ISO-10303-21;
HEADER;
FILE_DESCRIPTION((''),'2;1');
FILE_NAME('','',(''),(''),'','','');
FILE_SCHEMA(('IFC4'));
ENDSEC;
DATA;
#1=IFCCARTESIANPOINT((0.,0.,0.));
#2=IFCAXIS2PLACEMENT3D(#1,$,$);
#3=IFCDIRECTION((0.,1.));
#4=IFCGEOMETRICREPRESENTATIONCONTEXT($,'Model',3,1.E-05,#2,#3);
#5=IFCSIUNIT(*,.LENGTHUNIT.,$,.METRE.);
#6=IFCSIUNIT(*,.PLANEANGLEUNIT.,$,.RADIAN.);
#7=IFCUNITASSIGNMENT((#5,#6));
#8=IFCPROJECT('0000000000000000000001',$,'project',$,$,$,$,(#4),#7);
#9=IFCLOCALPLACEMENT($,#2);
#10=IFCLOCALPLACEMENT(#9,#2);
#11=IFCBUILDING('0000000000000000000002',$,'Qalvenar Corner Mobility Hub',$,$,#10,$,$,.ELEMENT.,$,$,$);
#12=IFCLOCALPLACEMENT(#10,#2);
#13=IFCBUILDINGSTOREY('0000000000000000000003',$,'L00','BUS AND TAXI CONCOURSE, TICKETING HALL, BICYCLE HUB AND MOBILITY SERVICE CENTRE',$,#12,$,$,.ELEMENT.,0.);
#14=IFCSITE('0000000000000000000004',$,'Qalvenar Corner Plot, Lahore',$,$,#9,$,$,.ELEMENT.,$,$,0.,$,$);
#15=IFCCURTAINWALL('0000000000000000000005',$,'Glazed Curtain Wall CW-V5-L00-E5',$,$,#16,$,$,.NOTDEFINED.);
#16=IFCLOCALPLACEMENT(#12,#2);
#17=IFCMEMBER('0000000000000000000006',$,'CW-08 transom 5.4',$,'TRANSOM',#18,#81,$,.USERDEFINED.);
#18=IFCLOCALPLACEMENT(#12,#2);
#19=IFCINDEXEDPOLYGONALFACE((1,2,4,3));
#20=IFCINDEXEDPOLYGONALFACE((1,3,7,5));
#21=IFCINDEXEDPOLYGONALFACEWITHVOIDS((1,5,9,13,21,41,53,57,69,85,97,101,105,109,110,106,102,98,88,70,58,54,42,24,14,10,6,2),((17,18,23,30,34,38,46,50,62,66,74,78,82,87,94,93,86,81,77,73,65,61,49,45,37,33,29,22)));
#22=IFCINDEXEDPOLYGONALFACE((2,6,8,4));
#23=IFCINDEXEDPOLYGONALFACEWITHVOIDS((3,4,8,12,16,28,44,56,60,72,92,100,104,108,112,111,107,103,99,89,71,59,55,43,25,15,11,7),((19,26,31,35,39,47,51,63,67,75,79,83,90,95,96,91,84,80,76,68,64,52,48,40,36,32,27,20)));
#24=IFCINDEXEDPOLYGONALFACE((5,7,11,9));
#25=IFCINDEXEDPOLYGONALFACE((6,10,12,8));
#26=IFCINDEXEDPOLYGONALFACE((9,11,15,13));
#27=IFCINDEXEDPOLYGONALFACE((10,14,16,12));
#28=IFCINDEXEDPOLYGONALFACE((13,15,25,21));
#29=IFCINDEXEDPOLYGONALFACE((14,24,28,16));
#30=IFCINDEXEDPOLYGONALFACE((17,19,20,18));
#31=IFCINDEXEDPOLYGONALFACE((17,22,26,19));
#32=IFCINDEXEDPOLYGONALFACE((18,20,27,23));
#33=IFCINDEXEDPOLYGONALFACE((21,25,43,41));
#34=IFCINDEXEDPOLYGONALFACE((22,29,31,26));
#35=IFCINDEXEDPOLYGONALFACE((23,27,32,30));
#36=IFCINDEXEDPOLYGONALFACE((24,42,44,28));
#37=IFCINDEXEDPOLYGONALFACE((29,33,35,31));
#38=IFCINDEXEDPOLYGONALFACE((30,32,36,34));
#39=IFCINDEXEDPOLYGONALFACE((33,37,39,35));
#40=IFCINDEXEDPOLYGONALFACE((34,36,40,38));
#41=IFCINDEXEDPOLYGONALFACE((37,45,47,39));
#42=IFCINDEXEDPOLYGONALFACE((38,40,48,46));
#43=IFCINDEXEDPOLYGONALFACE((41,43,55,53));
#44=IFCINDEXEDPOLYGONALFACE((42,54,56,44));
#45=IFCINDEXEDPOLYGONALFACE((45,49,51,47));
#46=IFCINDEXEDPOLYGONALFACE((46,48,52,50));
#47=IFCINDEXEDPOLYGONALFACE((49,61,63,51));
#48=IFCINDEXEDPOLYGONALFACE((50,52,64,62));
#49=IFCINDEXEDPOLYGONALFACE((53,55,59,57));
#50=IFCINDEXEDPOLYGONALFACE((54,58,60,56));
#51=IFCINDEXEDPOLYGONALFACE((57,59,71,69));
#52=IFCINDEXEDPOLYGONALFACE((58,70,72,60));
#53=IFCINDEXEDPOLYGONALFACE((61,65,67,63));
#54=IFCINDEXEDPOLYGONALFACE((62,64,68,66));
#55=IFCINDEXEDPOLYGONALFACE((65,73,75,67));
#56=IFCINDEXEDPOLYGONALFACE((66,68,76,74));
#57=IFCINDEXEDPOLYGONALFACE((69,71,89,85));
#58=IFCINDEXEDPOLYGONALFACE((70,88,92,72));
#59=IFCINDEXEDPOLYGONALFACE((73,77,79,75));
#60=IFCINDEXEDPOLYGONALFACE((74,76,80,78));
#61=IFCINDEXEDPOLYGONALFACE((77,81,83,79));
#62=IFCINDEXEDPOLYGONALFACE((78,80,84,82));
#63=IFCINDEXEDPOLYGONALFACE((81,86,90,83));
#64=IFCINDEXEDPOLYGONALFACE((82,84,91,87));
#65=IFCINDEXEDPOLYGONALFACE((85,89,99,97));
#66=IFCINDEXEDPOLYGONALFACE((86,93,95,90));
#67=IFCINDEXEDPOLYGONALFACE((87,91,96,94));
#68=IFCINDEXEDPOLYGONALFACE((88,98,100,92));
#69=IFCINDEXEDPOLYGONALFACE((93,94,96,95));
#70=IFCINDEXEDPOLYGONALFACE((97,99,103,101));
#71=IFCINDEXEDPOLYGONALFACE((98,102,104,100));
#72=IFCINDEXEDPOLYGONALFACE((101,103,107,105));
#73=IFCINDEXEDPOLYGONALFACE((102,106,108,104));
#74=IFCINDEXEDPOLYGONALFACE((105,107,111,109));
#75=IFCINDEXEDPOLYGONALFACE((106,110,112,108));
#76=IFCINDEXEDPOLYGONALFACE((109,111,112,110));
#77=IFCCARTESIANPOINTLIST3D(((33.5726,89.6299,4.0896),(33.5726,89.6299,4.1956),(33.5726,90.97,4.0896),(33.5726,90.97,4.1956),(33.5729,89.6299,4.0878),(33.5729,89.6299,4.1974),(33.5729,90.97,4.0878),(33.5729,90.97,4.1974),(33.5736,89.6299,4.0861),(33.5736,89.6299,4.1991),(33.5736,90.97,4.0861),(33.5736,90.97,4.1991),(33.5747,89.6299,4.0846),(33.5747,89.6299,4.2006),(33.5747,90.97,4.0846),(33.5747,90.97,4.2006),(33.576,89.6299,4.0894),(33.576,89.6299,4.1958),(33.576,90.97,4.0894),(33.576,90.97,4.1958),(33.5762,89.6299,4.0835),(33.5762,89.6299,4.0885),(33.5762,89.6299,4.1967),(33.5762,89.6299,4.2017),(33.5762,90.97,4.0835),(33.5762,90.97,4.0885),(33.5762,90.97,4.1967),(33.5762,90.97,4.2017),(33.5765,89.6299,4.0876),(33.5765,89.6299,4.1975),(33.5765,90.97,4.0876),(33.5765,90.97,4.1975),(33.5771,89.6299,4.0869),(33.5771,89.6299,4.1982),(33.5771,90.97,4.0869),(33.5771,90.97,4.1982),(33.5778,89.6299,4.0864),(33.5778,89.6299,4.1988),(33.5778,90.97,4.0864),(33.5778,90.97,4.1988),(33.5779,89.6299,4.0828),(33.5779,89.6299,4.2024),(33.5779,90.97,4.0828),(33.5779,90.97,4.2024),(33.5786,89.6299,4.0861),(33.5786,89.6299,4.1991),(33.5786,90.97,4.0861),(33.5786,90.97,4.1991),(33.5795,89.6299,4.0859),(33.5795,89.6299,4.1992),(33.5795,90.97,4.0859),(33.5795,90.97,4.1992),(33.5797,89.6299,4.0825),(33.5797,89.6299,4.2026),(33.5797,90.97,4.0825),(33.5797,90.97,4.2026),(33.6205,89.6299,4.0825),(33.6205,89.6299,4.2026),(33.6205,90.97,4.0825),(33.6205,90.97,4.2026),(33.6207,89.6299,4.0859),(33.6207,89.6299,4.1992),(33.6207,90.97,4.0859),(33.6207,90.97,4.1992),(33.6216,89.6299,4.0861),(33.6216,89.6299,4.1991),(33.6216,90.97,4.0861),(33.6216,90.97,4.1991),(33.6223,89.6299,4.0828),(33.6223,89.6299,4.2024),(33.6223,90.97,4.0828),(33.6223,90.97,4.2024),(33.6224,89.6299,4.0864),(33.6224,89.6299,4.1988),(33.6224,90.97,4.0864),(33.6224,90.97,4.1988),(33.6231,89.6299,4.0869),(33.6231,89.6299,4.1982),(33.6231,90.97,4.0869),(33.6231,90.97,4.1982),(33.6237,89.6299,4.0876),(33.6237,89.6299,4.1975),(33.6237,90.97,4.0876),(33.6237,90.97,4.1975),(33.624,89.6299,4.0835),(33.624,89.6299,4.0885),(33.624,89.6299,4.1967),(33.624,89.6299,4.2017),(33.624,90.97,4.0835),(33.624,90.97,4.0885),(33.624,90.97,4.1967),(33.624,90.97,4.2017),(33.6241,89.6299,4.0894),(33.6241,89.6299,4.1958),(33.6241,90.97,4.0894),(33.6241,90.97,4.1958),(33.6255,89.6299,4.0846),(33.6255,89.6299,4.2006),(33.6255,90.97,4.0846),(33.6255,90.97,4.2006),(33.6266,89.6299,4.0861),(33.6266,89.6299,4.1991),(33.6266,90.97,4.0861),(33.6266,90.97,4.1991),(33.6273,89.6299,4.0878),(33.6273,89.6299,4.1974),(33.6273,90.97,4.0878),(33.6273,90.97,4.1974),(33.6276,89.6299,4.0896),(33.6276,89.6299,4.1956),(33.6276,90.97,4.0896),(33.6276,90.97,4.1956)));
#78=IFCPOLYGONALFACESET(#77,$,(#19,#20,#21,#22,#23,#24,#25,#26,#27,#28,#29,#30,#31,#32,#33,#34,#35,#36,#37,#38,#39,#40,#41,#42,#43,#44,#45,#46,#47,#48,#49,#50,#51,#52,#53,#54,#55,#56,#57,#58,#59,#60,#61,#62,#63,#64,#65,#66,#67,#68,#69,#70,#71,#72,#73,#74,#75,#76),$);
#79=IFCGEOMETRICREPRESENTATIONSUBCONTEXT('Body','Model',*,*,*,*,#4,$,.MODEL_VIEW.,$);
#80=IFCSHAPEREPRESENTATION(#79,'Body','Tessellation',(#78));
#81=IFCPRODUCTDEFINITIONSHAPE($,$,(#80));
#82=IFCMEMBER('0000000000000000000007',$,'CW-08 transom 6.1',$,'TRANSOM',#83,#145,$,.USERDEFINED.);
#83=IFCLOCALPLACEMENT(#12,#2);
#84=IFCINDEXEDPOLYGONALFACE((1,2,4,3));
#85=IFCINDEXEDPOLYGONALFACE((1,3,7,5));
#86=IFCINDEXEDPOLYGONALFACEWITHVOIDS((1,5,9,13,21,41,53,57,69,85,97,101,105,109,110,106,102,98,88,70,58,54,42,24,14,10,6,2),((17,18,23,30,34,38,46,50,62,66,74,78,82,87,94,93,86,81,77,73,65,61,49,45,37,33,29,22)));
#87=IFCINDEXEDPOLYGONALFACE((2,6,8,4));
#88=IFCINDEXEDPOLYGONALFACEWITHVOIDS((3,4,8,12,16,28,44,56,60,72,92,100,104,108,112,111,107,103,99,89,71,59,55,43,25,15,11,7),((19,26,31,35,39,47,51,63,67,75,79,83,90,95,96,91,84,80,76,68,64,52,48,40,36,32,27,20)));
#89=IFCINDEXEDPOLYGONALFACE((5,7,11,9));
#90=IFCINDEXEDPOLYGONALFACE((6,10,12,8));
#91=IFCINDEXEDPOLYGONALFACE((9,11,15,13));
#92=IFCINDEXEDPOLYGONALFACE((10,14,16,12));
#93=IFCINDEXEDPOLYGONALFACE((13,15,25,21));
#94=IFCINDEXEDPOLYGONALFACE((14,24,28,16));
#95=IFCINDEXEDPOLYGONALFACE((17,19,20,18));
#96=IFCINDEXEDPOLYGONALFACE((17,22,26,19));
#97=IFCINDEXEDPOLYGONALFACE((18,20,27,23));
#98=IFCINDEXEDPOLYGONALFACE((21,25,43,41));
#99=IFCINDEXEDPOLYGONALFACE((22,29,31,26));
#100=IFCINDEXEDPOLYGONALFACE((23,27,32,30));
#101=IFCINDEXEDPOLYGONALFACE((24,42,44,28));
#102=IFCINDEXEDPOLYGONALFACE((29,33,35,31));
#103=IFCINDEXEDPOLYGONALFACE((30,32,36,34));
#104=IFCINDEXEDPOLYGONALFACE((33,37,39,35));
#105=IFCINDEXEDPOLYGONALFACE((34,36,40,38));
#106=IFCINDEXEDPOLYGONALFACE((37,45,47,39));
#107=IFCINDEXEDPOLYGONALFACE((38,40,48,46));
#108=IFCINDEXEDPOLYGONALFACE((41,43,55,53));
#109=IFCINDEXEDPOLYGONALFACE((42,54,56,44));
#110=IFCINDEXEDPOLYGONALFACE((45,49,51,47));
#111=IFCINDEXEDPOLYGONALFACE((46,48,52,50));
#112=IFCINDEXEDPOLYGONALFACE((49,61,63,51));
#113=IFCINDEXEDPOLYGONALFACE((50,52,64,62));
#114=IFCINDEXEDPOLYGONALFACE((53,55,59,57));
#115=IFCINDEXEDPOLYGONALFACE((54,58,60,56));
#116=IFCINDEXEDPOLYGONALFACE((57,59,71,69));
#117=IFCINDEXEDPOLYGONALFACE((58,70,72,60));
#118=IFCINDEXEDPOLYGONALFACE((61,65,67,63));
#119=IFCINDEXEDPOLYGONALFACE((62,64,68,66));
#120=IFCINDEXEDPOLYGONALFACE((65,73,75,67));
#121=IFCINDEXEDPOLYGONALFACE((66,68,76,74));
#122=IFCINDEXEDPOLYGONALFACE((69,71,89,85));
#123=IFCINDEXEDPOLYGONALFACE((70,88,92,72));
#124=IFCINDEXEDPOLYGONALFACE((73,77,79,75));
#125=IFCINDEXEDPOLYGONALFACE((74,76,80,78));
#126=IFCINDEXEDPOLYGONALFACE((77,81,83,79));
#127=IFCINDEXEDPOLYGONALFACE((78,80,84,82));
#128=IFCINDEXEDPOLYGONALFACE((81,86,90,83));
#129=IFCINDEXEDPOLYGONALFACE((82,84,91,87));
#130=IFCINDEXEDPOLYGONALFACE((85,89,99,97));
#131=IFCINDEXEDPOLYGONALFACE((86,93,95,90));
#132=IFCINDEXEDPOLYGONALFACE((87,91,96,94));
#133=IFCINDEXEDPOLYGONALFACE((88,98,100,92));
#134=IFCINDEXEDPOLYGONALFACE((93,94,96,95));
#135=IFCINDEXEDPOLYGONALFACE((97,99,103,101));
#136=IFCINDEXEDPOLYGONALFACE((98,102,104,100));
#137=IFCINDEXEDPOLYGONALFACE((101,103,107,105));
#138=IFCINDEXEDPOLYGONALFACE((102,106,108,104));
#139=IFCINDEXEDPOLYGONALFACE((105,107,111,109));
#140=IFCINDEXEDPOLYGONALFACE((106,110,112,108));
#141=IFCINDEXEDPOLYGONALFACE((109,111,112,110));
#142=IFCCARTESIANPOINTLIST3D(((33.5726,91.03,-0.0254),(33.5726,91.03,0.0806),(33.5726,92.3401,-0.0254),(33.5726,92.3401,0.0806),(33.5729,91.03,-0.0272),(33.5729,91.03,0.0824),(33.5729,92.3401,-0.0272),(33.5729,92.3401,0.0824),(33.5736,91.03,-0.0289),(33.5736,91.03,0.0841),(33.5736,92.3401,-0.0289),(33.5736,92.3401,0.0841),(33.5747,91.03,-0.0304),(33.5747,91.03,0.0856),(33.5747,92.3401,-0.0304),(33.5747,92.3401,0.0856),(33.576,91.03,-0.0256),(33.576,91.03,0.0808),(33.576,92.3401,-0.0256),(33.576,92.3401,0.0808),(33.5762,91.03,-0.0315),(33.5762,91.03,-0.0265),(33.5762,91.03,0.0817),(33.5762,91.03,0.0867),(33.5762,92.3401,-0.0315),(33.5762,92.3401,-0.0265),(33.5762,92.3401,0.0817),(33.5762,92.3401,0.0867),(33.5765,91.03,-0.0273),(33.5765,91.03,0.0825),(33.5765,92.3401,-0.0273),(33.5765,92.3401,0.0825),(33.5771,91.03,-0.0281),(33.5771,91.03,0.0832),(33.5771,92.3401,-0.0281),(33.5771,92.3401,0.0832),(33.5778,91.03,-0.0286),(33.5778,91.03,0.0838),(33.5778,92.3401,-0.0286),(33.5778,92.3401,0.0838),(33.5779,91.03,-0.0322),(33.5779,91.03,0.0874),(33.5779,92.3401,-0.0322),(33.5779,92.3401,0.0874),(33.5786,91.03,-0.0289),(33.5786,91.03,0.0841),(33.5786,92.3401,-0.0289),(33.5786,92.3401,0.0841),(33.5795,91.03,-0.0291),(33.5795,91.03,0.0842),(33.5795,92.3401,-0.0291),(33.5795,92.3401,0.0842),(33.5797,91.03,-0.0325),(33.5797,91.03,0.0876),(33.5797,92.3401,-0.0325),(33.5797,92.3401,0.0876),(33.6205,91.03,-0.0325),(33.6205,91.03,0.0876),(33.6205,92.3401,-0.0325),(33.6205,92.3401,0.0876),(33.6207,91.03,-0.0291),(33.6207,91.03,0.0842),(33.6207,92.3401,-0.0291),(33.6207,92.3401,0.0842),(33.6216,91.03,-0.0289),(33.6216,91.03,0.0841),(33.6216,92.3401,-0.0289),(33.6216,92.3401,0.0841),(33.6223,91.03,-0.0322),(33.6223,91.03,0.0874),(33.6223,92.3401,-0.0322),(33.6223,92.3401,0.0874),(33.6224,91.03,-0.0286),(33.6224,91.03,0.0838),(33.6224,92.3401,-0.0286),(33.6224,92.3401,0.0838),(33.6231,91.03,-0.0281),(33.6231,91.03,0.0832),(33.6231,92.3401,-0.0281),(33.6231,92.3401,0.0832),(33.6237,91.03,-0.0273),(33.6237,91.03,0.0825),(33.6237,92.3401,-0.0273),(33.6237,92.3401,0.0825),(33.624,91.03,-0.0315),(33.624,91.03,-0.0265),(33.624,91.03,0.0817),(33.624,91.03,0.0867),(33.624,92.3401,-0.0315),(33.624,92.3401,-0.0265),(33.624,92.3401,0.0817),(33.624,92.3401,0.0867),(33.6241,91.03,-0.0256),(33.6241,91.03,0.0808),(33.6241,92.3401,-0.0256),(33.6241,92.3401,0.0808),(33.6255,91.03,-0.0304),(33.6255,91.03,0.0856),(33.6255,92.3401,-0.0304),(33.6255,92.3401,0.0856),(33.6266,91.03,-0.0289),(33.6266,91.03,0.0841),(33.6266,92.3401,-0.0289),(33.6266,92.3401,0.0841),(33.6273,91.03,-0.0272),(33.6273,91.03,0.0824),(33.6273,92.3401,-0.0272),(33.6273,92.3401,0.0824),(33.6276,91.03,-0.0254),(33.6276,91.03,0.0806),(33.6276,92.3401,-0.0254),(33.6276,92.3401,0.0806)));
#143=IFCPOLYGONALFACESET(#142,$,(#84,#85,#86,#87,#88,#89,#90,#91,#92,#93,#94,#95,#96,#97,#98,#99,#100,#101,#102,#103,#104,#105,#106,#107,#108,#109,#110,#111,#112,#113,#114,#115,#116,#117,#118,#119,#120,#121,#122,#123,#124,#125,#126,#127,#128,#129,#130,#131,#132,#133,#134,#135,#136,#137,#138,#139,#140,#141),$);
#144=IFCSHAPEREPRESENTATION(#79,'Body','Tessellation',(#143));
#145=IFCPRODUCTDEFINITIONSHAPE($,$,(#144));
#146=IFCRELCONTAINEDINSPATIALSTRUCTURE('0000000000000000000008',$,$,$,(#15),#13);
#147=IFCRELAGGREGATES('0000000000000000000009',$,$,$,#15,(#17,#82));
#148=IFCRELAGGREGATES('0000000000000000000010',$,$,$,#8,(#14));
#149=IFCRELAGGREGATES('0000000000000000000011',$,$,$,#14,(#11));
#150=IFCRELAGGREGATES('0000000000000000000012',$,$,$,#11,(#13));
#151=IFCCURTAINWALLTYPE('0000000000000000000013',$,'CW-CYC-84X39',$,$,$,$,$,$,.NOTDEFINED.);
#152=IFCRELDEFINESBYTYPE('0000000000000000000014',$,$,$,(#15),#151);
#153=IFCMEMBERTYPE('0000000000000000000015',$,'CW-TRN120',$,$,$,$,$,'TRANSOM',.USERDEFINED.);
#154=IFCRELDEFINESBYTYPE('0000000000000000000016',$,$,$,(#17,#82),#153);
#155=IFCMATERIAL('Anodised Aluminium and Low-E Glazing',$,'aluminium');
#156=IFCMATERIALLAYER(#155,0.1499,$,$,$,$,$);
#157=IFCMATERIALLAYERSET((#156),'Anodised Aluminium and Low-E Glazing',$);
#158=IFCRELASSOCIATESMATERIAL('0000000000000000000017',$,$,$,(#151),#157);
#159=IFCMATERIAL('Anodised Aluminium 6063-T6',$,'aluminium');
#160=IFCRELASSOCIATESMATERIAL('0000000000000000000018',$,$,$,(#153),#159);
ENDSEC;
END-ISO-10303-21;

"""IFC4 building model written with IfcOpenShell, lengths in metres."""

from ifc_helpers import new_model, si_unit, direction, frame, origin, origin_2d, place, context, subcontext, project, spatial, hollow_rectangle, extrude, material, layer, layer_set, material_profile, profile_set, type_object, element, aggregate, save


model = new_model("IFC4")

# Units and contexts
model_context = context("Model", 3, precision=1e-05, world=origin(), true_north=direction((0.0, 1.0)))
body_context = subcontext(model_context, "Body", "Model", "MODEL_VIEW")
ifc_project = project(units=[si_unit("LENGTHUNIT", "METRE"), si_unit("PLANEANGLEUNIT", "RADIAN")], contexts=[model_context])

# Site, building, storey
site_placement = place(None, origin())
site = spatial("IfcSite", under=ifc_project, at=site_placement, Name="Qalvenar Corner Plot, Lahore", CompositionType="ELEMENT", RefElevation=0.0)
building_placement = place(site_placement, origin())
building = spatial("IfcBuilding", under=site, at=building_placement, Name="Qalvenar Corner Mobility Hub", CompositionType="ELEMENT")
storey_placement = place(building_placement, origin())
storey = spatial("IfcBuildingStorey", under=building, at=storey_placement, Name="L00", Description="BUS AND TAXI CONCOURSE, TICKETING HALL, BICYCLE HUB AND MOBILITY SERVICE CENTRE", CompositionType="ELEMENT", Elevation=0.0)

# Curtain wall
ifc_material_1 = material(Name="Anodised Aluminium and Low-E Glazing", Category="aluminium")
ifc_layer_1 = layer(ifc_material_1, 0.1499)
ifc_layer_set_1 = layer_set([ifc_layer_1], Name="Anodised Aluminium and Low-E Glazing")
curtain_wall_type = type_object("IfcCurtainWallType", Name="CW-CYC-84X39", PredefinedType="NOTDEFINED", material=ifc_layer_set_1)
curtain_wall_1_placement = place(storey_placement, origin())
curtain_wall_1 = element("IfcCurtainWall", 1, at=curtain_wall_1_placement, inside=storey, type_object=curtain_wall_type, Name="Glazed Curtain Wall CW-V5-L00-E5", PredefinedType="NOTDEFINED")
ifc_material_2 = material(Name="Anodised Aluminium 6063-T6", Category="aluminium")

# Members
ifc_material_profile_1 = material_profile(ifc_material_2, hollow_rectangle(XDim=0.0549, YDim=0.1201, WallThickness=0.0034, InnerFilletRadius=0.0034, OuterFilletRadius=0.0071, at=origin_2d()), Name="RHS120x55x3.5")
ifc_profile_set_1 = profile_set([ifc_material_profile_1], Name="Anodised Aluminium 6063-T6")
member_type_1 = type_object("IfcMemberType", Name="CW-TRN120", ElementType="TRANSOM", PredefinedType="USERDEFINED", material=ifc_profile_set_1)
member_1_placement = place(storey_placement, frame((33.6001, 89.6299, 4.1426), z_axis=(0.0, 1.0, 0.0), x_axis=(-1.0, 0.0, 0.0)))
member_1 = element("IfcMember", 2, at=member_1_placement, type_object=member_type_1, Name="CW-08 transom 5.4", ObjectType="TRANSOM", PredefinedType="USERDEFINED", context=body_context, shape_type="SweptSolid", body=[
    extrude(hollow_rectangle(XDim=0.0549, YDim=0.1201, WallThickness=0.0034, InnerFilletRadius=0.0034, OuterFilletRadius=0.0071, at=origin_2d()), origin(), (0.0, 0.0, 1.0), 1.3401),
])
member_2_placement = place(storey_placement, frame((33.6001, 91.03, 0.0276), z_axis=(0.0, 1.0, 0.0), x_axis=(-1.0, 0.0, 0.0)))
member_2 = element("IfcMember", 3, at=member_2_placement, type_object=member_type_1, Name="CW-08 transom 6.1", ObjectType="TRANSOM", PredefinedType="USERDEFINED", context=body_context, shape_type="SweptSolid", body=[
    extrude(hollow_rectangle(XDim=0.0549, YDim=0.1201, WallThickness=0.0034, InnerFilletRadius=0.0034, OuterFilletRadius=0.0071, at=origin_2d()), origin(), (0.0, 0.0, 1.0), 1.3101),
])

aggregate(curtain_wall_1, [member_1, member_2])

save(model, "model.ifc")
